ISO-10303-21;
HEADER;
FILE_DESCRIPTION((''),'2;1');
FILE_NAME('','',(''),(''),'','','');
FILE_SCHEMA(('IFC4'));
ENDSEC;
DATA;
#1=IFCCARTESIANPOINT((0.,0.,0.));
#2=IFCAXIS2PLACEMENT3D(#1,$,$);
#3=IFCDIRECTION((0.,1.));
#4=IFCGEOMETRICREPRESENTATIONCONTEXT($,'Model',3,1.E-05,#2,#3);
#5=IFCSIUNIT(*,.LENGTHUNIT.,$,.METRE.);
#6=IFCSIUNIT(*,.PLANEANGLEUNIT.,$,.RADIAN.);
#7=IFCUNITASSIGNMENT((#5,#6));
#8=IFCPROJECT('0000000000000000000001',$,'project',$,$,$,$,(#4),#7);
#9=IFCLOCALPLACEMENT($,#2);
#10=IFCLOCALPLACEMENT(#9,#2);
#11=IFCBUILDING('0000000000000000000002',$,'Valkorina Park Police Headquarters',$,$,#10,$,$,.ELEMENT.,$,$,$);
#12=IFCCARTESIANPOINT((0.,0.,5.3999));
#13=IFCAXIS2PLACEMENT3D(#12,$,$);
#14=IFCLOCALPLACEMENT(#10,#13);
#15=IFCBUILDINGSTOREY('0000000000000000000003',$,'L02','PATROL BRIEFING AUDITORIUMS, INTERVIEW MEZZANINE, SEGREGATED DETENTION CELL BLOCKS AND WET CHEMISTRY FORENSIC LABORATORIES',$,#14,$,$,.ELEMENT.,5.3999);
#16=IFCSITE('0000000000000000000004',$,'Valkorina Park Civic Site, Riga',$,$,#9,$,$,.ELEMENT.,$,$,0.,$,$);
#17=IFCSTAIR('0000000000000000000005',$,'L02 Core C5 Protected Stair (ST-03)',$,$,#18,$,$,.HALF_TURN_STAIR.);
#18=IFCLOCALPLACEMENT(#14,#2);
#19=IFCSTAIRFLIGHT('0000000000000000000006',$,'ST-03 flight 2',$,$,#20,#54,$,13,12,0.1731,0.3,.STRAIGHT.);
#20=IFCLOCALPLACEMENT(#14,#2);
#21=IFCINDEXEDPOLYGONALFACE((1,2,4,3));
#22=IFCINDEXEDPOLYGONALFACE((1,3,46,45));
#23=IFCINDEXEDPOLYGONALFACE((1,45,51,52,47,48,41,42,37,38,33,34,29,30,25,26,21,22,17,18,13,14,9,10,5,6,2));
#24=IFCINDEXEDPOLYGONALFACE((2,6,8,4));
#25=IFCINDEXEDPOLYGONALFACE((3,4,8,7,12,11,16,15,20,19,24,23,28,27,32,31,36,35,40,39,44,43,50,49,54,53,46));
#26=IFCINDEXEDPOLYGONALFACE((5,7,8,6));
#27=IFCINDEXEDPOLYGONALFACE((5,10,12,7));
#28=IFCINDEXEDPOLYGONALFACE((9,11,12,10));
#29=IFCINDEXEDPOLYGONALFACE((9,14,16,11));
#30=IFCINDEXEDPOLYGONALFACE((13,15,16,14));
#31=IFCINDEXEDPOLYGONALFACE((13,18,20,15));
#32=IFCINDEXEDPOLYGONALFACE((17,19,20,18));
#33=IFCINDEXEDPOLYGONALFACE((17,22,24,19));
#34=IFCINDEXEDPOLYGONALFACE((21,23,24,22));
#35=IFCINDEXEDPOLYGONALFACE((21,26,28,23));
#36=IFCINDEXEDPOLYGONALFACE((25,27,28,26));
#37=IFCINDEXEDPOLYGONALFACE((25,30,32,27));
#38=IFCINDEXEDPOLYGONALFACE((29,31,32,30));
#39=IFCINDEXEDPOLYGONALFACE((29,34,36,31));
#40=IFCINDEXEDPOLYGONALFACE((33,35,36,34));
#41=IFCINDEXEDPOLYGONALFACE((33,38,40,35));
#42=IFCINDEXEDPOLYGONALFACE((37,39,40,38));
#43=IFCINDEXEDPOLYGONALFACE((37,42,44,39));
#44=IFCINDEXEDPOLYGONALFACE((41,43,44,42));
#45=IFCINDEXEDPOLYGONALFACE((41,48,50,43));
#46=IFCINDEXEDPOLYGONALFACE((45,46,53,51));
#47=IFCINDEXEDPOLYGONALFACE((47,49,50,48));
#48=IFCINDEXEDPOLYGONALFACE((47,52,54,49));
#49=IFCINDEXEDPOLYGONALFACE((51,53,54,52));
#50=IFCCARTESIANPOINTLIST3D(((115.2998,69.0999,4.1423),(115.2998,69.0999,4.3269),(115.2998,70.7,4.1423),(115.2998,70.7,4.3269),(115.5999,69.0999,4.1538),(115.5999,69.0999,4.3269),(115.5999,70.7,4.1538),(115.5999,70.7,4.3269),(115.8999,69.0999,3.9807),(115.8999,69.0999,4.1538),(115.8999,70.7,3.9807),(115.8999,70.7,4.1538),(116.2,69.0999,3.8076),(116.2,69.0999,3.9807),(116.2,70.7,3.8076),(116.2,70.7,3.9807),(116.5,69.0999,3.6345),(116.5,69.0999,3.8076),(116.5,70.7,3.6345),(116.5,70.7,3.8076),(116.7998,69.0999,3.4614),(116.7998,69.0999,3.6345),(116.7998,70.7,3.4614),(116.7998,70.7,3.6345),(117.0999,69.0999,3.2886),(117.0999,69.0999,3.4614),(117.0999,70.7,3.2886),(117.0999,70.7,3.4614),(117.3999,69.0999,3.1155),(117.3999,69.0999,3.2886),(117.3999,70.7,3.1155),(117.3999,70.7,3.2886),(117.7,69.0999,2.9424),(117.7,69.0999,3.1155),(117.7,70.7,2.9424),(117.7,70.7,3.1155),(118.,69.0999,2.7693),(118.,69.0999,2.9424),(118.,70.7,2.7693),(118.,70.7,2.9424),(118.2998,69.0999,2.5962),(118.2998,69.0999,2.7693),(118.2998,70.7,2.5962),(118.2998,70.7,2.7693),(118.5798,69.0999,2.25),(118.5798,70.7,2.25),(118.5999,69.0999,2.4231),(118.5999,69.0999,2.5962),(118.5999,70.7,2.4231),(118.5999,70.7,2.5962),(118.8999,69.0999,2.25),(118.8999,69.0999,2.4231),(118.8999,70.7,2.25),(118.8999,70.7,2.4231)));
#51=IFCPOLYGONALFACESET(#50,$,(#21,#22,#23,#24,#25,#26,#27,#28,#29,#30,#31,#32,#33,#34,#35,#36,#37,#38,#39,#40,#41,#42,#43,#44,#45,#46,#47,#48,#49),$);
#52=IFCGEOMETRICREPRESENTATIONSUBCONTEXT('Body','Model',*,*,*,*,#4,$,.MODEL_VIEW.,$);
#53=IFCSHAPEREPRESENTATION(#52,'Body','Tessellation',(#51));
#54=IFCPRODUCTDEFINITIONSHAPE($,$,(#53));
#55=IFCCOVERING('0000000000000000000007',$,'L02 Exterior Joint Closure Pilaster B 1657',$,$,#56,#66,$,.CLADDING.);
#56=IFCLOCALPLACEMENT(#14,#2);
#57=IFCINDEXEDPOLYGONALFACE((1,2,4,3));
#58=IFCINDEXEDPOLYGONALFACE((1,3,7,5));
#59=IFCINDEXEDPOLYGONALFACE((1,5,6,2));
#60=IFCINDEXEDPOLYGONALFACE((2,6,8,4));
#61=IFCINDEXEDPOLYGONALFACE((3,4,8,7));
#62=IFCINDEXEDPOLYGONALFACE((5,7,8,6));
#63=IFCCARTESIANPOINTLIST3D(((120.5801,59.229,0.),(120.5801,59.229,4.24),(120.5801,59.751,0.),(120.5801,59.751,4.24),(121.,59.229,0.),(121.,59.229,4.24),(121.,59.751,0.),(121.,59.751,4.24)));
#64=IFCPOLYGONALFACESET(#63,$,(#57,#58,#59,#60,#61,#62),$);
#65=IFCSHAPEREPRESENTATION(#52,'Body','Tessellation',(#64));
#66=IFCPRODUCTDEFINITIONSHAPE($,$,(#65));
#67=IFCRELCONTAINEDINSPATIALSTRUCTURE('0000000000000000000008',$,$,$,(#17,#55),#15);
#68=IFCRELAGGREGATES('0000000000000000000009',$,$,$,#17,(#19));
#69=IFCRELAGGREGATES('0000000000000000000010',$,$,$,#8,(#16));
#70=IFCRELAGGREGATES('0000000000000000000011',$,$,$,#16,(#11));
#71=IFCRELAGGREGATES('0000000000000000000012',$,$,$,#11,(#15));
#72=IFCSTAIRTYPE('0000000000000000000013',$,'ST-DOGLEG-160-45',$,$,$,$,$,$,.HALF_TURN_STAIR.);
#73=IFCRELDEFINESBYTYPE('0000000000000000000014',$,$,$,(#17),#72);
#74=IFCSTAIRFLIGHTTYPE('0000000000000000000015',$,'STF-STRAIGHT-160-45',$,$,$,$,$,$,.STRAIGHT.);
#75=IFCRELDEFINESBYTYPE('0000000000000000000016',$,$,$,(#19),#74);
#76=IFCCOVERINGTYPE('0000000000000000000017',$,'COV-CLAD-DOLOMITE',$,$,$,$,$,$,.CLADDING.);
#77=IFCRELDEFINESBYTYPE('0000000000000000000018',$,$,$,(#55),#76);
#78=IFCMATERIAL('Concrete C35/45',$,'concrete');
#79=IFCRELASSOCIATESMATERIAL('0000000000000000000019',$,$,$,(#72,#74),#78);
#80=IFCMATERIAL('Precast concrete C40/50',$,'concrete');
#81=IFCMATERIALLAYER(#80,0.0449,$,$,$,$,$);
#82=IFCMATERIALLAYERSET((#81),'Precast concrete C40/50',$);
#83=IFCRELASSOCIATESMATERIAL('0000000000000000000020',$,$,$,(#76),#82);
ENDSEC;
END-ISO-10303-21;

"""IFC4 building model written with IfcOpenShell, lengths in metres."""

from ifc_helpers import new_model, si_unit, direction, frame, origin, origin_2d, place, context, subcontext, project, spatial, polyline, rectangle, outline, extrude, material, layer, layer_set, type_object, element, aggregate, save


model = new_model("IFC4")

# Units and contexts
model_context = context("Model", 3, precision=1e-05, world=origin(), true_north=direction((0.0, 1.0)))
body_context = subcontext(model_context, "Body", "Model", "MODEL_VIEW")
ifc_project = project(units=[si_unit("LENGTHUNIT", "METRE"), si_unit("PLANEANGLEUNIT", "RADIAN")], contexts=[model_context])

# Site, building, storey
site_placement = place(None, origin())
site = spatial("IfcSite", under=ifc_project, at=site_placement, Name="Valkorina Park Civic Site, Riga", CompositionType="ELEMENT", RefElevation=0.0)
building_placement = place(site_placement, origin())
building = spatial("IfcBuilding", under=site, at=building_placement, Name="Valkorina Park Police Headquarters", CompositionType="ELEMENT")
storey_placement = place(building_placement, frame((0.0, 0.0, 5.3999)))
storey = spatial("IfcBuildingStorey", under=building, at=storey_placement, Name="L02", Description="PATROL BRIEFING AUDITORIUMS, INTERVIEW MEZZANINE, SEGREGATED DETENTION CELL BLOCKS AND WET CHEMISTRY FORENSIC LABORATORIES", CompositionType="ELEMENT", Elevation=5.3999)

# Shared definitions
ifc_material_1 = material(Name="Concrete C35/45", Category="concrete")

# Stair, stair flight
stair_type = type_object("IfcStairType", Name="ST-DOGLEG-160-45", PredefinedType="HALF_TURN_STAIR", material=ifc_material_1)
stair_placement = place(storey_placement, origin())
stair = element("IfcStair", 1, at=stair_placement, inside=storey, type_object=stair_type, Name="L02 Core C5 Protected Stair (ST-03)", PredefinedType="HALF_TURN_STAIR")
stair_flight_type = type_object("IfcStairFlightType", Name="STF-STRAIGHT-160-45", PredefinedType="STRAIGHT", material=ifc_material_1)
stair_flight_1_placement = place(storey_placement, frame((118.8999, 69.8999, 2.25), z_axis=(0.0, 0.0, 1.0), x_axis=(-1.0, 0.0, 0.0)))
stair_flight_1 = element("IfcStairFlight", 2, at=stair_flight_1_placement, type_object=stair_flight_type, Name="ST-03 flight 2", NumberOfRisers=13, NumberOfTreads=12, PredefinedType="STRAIGHT", RiserHeight=0.1731, TreadLength=0.3, context=body_context, shape_type="SweptSolid", body=[
    extrude(outline(polyline([(0.0, 0.0), (0.0, 0.1731), (0.3, 0.1731), (0.3, 0.3462), (0.6001, 0.3462), (0.6001, 0.5193), (0.8999, 0.5193), (0.8999, 0.6924), (1.2, 0.6924), (1.2, 0.8655), (1.5, 0.8655), (1.5, 1.0386), (1.8, 1.0386), (1.8, 1.2114), (2.1001, 1.2114), (2.1001, 1.3845), (2.3999, 1.3845), (2.3999, 1.5576), (2.7, 1.5576), (2.7, 1.7307), (3.0, 1.7307), (3.0, 1.9038), (3.3, 1.9038), (3.3, 2.0769), (3.6001, 2.0769), (3.6001, 2.25), (3.6001, 1.8923), (0.3201, 0.0), (0.0, 0.0)])), frame((0.0, 0.8, 0.0), z_axis=(0.0, -1.0, 0.0), x_axis=(1.0, 0.0, 0.0)), (0.0, 0.0, 1.0), 1.6001),
])
aggregate(stair, [stair_flight_1])

# Covering
ifc_material_2 = material(Name="Precast concrete C40/50", Category="concrete")
ifc_layer_1 = layer(ifc_material_2, 0.0449)
ifc_layer_set_1 = layer_set([ifc_layer_1], Name="Precast concrete C40/50")
covering_type = type_object("IfcCoveringType", Name="COV-CLAD-DOLOMITE", PredefinedType="CLADDING", material=ifc_layer_set_1)
covering_placement = place(storey_placement, frame((120.79, 59.49, 0.0), z_axis=(0.0, 0.0, 1.0), x_axis=(1.0, 0.0, 0.0)))
element("IfcCovering", 3, at=covering_placement, inside=storey, type_object=covering_type, Name="L02 Exterior Joint Closure Pilaster B 1657", PredefinedType="CLADDING", context=body_context, shape_type="SweptSolid", body=[
    extrude(rectangle(XDim=0.4199, YDim=0.522, at=origin_2d()), origin(), (0.0, 0.0, 1.0), 4.24),
])

save(model, "model.ifc")
